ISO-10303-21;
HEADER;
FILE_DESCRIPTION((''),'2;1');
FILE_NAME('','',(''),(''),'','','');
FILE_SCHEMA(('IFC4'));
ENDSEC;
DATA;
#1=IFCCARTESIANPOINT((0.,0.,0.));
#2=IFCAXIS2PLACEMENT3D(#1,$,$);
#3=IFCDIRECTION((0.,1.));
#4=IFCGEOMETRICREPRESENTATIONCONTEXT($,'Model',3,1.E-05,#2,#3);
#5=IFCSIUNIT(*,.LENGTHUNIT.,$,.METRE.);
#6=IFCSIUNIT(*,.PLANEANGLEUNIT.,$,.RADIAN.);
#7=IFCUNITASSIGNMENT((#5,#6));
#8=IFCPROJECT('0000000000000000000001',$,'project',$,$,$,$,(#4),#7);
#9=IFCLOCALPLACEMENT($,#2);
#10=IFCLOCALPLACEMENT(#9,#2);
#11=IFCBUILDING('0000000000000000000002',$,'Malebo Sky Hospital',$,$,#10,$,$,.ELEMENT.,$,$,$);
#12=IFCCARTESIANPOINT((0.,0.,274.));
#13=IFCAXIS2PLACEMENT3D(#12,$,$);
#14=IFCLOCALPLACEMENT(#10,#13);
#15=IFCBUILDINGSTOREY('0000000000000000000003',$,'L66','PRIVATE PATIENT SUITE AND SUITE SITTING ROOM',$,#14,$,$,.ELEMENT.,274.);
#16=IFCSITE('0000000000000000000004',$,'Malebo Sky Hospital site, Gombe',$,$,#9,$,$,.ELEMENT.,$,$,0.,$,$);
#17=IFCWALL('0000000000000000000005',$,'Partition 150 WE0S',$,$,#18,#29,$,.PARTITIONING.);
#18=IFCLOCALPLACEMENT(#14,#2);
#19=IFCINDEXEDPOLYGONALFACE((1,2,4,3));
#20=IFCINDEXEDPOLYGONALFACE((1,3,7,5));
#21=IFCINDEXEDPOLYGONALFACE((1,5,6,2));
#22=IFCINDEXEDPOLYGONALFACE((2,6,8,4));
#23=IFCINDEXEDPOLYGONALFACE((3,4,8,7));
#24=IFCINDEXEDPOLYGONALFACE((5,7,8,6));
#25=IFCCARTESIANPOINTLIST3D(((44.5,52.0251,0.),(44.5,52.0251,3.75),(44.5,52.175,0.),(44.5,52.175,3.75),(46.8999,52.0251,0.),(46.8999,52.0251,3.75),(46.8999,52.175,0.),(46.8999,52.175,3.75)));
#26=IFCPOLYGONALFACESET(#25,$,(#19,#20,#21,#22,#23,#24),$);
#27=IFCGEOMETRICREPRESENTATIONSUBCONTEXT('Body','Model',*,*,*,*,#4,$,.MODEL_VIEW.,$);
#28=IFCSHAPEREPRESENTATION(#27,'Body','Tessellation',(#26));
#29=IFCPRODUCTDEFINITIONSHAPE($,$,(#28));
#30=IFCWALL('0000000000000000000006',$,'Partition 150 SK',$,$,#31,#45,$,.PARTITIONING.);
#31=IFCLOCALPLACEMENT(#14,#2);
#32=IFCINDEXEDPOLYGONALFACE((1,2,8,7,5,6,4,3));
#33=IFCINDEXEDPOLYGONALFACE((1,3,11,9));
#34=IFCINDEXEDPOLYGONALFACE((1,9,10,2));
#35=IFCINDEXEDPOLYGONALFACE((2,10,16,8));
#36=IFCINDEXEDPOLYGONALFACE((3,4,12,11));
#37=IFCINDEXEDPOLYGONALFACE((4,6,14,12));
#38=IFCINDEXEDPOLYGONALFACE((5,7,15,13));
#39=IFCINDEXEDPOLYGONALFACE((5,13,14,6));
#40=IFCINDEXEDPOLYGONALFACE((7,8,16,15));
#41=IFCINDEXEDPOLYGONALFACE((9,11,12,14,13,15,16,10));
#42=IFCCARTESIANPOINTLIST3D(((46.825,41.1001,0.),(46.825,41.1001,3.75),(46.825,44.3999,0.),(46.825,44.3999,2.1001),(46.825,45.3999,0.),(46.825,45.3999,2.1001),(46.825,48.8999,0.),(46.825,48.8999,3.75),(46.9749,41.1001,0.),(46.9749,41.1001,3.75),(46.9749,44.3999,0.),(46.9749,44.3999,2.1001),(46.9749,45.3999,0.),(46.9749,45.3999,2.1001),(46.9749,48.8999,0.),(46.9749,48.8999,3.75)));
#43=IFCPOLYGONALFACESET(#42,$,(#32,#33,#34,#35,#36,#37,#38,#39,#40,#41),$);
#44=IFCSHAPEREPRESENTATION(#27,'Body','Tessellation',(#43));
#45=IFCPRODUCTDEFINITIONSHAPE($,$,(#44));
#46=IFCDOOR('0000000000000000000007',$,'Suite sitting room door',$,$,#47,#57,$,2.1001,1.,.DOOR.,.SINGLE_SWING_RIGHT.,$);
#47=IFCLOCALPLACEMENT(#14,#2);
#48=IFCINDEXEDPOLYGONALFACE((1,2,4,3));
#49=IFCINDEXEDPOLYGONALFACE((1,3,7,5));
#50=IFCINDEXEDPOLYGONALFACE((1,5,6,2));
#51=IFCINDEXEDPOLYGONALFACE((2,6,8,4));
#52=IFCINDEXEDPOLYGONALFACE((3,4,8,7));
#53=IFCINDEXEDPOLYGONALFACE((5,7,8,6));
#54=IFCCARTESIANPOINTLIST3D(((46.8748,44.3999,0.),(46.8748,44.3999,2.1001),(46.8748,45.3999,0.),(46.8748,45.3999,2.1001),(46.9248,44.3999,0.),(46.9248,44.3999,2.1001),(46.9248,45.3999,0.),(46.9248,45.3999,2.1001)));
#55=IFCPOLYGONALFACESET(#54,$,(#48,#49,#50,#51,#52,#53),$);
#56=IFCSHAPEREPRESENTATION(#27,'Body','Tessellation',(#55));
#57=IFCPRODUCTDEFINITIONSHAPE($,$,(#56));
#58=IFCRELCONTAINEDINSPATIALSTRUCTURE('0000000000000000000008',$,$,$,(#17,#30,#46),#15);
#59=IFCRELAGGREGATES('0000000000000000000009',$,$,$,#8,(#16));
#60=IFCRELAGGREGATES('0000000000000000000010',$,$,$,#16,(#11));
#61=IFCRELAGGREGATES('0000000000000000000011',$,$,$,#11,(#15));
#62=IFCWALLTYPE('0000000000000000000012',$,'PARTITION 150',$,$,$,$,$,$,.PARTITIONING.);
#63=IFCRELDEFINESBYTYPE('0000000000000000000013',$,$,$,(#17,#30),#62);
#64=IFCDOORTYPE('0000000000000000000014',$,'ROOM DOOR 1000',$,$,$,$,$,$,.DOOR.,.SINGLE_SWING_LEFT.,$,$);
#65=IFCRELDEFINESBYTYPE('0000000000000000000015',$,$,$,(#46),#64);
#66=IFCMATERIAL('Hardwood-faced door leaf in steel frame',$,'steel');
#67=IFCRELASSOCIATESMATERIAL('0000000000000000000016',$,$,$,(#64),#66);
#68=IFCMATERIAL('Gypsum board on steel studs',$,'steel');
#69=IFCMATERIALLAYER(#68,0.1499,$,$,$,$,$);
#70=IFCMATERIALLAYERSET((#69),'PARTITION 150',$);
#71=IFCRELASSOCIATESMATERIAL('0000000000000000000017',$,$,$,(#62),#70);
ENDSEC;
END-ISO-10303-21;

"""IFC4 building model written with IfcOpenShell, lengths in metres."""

from ifc_helpers import new_model, si_unit, direction, frame, frame_2d, origin, place, context, subcontext, project, spatial, rectangle, extrude, material, layer, layer_set, type_object, element, fill, save


model = new_model("IFC4")

# Units and contexts
model_context = context("Model", 3, precision=1e-05, world=origin(), true_north=direction((0.0, 1.0)))
body_context = subcontext(model_context, "Body", "Model", "MODEL_VIEW")
ifc_project = project(units=[si_unit("LENGTHUNIT", "METRE"), si_unit("PLANEANGLEUNIT", "RADIAN")], contexts=[model_context])

# Site, building, storey
site_placement = place(None, origin())
site = spatial("IfcSite", under=ifc_project, at=site_placement, Name="Malebo Sky Hospital site, Gombe", CompositionType="ELEMENT", RefElevation=0.0)
building_placement = place(site_placement, origin())
building = spatial("IfcBuilding", under=site, at=building_placement, Name="Malebo Sky Hospital", CompositionType="ELEMENT")
storey_placement = place(building_placement, frame((0.0, 0.0, 274.0)))
storey = spatial("IfcBuildingStorey", under=building, at=storey_placement, Name="L66", Description="PRIVATE PATIENT SUITE AND SUITE SITTING ROOM", CompositionType="ELEMENT", Elevation=274.0)

# Shared definitions
ifc_material_1 = material(Name="Gypsum board on steel studs", Category="steel")
ifc_material_2 = material(Name="Hardwood-faced door leaf in steel frame", Category="steel")
door_type_1 = type_object("IfcDoorType", Name="ROOM DOOR 1000", OperationType="SINGLE_SWING_LEFT", PredefinedType="DOOR", material=ifc_material_2)

# Shared definitions
ifc_layer_1 = layer(ifc_material_1, 0.1499)
ifc_layer_set_1 = layer_set([ifc_layer_1], Name="PARTITION 150")
wall_type_1 = type_object("IfcWallType", Name="PARTITION 150", PredefinedType="PARTITIONING", material=ifc_layer_set_1)

# Wall
wall_1_placement = place(storey_placement, frame((46.8999, 52.1001, 0.0), z_axis=(0.0, 0.0, 1.0), x_axis=(-1.0, 0.0, 0.0)))
element("IfcWall", 1, at=wall_1_placement, inside=storey, type_object=wall_type_1, Name="Partition 150 WE0S", PredefinedType="PARTITIONING", context=body_context, shape_type="SweptSolid", body=[
    extrude(rectangle(XDim=2.3999, YDim=0.1499, at=frame_2d((1.2, 0.0))), origin(), (0.0, 0.0, 1.0), 3.75),
])

# Wall, opening, door
wall_2_placement = place(storey_placement, frame((46.8999, 48.8999, 0.0), z_axis=(0.0, 0.0, 1.0), x_axis=(0.0, -1.0, 0.0)))
wall_2 = element("IfcWall", 2, at=wall_2_placement, inside=storey, type_object=wall_type_1, Name="Partition 150 SK", PredefinedType="PARTITIONING", context=body_context, shape_type="SweptSolid", body=[
    extrude(rectangle(XDim=7.7998, YDim=0.1499, at=frame_2d((3.8999, 0.0))), origin(), (0.0, 0.0, 1.0), 3.75),
])
opening_1_placement = place(wall_2_placement, frame((3.5, 0.0, 0.0)))
opening_1 = element("IfcOpeningElement", 3, at=opening_1_placement, cuts=wall_2, PredefinedType="OPENING", context=body_context, shape_type="SweptSolid", body=[
    extrude(rectangle(XDim=1.0, YDim=2.1001, at=frame_2d((0.5, 1.05))), frame((0.0, 0.085, 0.0), z_axis=(0.0, -1.0, 0.0), x_axis=(1.0, 0.0, 0.0)), (0.0, 0.0, 1.0), 0.1699),
])
door_1_placement = place(opening_1_placement, origin())
door_1 = element("IfcDoor", 4, at=door_1_placement, inside=storey, type_object=door_type_1, Name="Suite sitting room door", OperationType="SINGLE_SWING_RIGHT", OverallHeight=2.1001, OverallWidth=1.0, PredefinedType="DOOR", context=body_context, shape_type="SweptSolid", body=[
    extrude(rectangle(XDim=1.0, YDim=2.1001, at=frame_2d((0.5, 1.05))), frame((0.0, 0.0249, 0.0), z_axis=(0.0, -1.0, 0.0), x_axis=(1.0, 0.0, 0.0)), (0.0, 0.0, 1.0), 0.05),
])
fill(opening_1, door_1)

save(model, "model.ifc")
